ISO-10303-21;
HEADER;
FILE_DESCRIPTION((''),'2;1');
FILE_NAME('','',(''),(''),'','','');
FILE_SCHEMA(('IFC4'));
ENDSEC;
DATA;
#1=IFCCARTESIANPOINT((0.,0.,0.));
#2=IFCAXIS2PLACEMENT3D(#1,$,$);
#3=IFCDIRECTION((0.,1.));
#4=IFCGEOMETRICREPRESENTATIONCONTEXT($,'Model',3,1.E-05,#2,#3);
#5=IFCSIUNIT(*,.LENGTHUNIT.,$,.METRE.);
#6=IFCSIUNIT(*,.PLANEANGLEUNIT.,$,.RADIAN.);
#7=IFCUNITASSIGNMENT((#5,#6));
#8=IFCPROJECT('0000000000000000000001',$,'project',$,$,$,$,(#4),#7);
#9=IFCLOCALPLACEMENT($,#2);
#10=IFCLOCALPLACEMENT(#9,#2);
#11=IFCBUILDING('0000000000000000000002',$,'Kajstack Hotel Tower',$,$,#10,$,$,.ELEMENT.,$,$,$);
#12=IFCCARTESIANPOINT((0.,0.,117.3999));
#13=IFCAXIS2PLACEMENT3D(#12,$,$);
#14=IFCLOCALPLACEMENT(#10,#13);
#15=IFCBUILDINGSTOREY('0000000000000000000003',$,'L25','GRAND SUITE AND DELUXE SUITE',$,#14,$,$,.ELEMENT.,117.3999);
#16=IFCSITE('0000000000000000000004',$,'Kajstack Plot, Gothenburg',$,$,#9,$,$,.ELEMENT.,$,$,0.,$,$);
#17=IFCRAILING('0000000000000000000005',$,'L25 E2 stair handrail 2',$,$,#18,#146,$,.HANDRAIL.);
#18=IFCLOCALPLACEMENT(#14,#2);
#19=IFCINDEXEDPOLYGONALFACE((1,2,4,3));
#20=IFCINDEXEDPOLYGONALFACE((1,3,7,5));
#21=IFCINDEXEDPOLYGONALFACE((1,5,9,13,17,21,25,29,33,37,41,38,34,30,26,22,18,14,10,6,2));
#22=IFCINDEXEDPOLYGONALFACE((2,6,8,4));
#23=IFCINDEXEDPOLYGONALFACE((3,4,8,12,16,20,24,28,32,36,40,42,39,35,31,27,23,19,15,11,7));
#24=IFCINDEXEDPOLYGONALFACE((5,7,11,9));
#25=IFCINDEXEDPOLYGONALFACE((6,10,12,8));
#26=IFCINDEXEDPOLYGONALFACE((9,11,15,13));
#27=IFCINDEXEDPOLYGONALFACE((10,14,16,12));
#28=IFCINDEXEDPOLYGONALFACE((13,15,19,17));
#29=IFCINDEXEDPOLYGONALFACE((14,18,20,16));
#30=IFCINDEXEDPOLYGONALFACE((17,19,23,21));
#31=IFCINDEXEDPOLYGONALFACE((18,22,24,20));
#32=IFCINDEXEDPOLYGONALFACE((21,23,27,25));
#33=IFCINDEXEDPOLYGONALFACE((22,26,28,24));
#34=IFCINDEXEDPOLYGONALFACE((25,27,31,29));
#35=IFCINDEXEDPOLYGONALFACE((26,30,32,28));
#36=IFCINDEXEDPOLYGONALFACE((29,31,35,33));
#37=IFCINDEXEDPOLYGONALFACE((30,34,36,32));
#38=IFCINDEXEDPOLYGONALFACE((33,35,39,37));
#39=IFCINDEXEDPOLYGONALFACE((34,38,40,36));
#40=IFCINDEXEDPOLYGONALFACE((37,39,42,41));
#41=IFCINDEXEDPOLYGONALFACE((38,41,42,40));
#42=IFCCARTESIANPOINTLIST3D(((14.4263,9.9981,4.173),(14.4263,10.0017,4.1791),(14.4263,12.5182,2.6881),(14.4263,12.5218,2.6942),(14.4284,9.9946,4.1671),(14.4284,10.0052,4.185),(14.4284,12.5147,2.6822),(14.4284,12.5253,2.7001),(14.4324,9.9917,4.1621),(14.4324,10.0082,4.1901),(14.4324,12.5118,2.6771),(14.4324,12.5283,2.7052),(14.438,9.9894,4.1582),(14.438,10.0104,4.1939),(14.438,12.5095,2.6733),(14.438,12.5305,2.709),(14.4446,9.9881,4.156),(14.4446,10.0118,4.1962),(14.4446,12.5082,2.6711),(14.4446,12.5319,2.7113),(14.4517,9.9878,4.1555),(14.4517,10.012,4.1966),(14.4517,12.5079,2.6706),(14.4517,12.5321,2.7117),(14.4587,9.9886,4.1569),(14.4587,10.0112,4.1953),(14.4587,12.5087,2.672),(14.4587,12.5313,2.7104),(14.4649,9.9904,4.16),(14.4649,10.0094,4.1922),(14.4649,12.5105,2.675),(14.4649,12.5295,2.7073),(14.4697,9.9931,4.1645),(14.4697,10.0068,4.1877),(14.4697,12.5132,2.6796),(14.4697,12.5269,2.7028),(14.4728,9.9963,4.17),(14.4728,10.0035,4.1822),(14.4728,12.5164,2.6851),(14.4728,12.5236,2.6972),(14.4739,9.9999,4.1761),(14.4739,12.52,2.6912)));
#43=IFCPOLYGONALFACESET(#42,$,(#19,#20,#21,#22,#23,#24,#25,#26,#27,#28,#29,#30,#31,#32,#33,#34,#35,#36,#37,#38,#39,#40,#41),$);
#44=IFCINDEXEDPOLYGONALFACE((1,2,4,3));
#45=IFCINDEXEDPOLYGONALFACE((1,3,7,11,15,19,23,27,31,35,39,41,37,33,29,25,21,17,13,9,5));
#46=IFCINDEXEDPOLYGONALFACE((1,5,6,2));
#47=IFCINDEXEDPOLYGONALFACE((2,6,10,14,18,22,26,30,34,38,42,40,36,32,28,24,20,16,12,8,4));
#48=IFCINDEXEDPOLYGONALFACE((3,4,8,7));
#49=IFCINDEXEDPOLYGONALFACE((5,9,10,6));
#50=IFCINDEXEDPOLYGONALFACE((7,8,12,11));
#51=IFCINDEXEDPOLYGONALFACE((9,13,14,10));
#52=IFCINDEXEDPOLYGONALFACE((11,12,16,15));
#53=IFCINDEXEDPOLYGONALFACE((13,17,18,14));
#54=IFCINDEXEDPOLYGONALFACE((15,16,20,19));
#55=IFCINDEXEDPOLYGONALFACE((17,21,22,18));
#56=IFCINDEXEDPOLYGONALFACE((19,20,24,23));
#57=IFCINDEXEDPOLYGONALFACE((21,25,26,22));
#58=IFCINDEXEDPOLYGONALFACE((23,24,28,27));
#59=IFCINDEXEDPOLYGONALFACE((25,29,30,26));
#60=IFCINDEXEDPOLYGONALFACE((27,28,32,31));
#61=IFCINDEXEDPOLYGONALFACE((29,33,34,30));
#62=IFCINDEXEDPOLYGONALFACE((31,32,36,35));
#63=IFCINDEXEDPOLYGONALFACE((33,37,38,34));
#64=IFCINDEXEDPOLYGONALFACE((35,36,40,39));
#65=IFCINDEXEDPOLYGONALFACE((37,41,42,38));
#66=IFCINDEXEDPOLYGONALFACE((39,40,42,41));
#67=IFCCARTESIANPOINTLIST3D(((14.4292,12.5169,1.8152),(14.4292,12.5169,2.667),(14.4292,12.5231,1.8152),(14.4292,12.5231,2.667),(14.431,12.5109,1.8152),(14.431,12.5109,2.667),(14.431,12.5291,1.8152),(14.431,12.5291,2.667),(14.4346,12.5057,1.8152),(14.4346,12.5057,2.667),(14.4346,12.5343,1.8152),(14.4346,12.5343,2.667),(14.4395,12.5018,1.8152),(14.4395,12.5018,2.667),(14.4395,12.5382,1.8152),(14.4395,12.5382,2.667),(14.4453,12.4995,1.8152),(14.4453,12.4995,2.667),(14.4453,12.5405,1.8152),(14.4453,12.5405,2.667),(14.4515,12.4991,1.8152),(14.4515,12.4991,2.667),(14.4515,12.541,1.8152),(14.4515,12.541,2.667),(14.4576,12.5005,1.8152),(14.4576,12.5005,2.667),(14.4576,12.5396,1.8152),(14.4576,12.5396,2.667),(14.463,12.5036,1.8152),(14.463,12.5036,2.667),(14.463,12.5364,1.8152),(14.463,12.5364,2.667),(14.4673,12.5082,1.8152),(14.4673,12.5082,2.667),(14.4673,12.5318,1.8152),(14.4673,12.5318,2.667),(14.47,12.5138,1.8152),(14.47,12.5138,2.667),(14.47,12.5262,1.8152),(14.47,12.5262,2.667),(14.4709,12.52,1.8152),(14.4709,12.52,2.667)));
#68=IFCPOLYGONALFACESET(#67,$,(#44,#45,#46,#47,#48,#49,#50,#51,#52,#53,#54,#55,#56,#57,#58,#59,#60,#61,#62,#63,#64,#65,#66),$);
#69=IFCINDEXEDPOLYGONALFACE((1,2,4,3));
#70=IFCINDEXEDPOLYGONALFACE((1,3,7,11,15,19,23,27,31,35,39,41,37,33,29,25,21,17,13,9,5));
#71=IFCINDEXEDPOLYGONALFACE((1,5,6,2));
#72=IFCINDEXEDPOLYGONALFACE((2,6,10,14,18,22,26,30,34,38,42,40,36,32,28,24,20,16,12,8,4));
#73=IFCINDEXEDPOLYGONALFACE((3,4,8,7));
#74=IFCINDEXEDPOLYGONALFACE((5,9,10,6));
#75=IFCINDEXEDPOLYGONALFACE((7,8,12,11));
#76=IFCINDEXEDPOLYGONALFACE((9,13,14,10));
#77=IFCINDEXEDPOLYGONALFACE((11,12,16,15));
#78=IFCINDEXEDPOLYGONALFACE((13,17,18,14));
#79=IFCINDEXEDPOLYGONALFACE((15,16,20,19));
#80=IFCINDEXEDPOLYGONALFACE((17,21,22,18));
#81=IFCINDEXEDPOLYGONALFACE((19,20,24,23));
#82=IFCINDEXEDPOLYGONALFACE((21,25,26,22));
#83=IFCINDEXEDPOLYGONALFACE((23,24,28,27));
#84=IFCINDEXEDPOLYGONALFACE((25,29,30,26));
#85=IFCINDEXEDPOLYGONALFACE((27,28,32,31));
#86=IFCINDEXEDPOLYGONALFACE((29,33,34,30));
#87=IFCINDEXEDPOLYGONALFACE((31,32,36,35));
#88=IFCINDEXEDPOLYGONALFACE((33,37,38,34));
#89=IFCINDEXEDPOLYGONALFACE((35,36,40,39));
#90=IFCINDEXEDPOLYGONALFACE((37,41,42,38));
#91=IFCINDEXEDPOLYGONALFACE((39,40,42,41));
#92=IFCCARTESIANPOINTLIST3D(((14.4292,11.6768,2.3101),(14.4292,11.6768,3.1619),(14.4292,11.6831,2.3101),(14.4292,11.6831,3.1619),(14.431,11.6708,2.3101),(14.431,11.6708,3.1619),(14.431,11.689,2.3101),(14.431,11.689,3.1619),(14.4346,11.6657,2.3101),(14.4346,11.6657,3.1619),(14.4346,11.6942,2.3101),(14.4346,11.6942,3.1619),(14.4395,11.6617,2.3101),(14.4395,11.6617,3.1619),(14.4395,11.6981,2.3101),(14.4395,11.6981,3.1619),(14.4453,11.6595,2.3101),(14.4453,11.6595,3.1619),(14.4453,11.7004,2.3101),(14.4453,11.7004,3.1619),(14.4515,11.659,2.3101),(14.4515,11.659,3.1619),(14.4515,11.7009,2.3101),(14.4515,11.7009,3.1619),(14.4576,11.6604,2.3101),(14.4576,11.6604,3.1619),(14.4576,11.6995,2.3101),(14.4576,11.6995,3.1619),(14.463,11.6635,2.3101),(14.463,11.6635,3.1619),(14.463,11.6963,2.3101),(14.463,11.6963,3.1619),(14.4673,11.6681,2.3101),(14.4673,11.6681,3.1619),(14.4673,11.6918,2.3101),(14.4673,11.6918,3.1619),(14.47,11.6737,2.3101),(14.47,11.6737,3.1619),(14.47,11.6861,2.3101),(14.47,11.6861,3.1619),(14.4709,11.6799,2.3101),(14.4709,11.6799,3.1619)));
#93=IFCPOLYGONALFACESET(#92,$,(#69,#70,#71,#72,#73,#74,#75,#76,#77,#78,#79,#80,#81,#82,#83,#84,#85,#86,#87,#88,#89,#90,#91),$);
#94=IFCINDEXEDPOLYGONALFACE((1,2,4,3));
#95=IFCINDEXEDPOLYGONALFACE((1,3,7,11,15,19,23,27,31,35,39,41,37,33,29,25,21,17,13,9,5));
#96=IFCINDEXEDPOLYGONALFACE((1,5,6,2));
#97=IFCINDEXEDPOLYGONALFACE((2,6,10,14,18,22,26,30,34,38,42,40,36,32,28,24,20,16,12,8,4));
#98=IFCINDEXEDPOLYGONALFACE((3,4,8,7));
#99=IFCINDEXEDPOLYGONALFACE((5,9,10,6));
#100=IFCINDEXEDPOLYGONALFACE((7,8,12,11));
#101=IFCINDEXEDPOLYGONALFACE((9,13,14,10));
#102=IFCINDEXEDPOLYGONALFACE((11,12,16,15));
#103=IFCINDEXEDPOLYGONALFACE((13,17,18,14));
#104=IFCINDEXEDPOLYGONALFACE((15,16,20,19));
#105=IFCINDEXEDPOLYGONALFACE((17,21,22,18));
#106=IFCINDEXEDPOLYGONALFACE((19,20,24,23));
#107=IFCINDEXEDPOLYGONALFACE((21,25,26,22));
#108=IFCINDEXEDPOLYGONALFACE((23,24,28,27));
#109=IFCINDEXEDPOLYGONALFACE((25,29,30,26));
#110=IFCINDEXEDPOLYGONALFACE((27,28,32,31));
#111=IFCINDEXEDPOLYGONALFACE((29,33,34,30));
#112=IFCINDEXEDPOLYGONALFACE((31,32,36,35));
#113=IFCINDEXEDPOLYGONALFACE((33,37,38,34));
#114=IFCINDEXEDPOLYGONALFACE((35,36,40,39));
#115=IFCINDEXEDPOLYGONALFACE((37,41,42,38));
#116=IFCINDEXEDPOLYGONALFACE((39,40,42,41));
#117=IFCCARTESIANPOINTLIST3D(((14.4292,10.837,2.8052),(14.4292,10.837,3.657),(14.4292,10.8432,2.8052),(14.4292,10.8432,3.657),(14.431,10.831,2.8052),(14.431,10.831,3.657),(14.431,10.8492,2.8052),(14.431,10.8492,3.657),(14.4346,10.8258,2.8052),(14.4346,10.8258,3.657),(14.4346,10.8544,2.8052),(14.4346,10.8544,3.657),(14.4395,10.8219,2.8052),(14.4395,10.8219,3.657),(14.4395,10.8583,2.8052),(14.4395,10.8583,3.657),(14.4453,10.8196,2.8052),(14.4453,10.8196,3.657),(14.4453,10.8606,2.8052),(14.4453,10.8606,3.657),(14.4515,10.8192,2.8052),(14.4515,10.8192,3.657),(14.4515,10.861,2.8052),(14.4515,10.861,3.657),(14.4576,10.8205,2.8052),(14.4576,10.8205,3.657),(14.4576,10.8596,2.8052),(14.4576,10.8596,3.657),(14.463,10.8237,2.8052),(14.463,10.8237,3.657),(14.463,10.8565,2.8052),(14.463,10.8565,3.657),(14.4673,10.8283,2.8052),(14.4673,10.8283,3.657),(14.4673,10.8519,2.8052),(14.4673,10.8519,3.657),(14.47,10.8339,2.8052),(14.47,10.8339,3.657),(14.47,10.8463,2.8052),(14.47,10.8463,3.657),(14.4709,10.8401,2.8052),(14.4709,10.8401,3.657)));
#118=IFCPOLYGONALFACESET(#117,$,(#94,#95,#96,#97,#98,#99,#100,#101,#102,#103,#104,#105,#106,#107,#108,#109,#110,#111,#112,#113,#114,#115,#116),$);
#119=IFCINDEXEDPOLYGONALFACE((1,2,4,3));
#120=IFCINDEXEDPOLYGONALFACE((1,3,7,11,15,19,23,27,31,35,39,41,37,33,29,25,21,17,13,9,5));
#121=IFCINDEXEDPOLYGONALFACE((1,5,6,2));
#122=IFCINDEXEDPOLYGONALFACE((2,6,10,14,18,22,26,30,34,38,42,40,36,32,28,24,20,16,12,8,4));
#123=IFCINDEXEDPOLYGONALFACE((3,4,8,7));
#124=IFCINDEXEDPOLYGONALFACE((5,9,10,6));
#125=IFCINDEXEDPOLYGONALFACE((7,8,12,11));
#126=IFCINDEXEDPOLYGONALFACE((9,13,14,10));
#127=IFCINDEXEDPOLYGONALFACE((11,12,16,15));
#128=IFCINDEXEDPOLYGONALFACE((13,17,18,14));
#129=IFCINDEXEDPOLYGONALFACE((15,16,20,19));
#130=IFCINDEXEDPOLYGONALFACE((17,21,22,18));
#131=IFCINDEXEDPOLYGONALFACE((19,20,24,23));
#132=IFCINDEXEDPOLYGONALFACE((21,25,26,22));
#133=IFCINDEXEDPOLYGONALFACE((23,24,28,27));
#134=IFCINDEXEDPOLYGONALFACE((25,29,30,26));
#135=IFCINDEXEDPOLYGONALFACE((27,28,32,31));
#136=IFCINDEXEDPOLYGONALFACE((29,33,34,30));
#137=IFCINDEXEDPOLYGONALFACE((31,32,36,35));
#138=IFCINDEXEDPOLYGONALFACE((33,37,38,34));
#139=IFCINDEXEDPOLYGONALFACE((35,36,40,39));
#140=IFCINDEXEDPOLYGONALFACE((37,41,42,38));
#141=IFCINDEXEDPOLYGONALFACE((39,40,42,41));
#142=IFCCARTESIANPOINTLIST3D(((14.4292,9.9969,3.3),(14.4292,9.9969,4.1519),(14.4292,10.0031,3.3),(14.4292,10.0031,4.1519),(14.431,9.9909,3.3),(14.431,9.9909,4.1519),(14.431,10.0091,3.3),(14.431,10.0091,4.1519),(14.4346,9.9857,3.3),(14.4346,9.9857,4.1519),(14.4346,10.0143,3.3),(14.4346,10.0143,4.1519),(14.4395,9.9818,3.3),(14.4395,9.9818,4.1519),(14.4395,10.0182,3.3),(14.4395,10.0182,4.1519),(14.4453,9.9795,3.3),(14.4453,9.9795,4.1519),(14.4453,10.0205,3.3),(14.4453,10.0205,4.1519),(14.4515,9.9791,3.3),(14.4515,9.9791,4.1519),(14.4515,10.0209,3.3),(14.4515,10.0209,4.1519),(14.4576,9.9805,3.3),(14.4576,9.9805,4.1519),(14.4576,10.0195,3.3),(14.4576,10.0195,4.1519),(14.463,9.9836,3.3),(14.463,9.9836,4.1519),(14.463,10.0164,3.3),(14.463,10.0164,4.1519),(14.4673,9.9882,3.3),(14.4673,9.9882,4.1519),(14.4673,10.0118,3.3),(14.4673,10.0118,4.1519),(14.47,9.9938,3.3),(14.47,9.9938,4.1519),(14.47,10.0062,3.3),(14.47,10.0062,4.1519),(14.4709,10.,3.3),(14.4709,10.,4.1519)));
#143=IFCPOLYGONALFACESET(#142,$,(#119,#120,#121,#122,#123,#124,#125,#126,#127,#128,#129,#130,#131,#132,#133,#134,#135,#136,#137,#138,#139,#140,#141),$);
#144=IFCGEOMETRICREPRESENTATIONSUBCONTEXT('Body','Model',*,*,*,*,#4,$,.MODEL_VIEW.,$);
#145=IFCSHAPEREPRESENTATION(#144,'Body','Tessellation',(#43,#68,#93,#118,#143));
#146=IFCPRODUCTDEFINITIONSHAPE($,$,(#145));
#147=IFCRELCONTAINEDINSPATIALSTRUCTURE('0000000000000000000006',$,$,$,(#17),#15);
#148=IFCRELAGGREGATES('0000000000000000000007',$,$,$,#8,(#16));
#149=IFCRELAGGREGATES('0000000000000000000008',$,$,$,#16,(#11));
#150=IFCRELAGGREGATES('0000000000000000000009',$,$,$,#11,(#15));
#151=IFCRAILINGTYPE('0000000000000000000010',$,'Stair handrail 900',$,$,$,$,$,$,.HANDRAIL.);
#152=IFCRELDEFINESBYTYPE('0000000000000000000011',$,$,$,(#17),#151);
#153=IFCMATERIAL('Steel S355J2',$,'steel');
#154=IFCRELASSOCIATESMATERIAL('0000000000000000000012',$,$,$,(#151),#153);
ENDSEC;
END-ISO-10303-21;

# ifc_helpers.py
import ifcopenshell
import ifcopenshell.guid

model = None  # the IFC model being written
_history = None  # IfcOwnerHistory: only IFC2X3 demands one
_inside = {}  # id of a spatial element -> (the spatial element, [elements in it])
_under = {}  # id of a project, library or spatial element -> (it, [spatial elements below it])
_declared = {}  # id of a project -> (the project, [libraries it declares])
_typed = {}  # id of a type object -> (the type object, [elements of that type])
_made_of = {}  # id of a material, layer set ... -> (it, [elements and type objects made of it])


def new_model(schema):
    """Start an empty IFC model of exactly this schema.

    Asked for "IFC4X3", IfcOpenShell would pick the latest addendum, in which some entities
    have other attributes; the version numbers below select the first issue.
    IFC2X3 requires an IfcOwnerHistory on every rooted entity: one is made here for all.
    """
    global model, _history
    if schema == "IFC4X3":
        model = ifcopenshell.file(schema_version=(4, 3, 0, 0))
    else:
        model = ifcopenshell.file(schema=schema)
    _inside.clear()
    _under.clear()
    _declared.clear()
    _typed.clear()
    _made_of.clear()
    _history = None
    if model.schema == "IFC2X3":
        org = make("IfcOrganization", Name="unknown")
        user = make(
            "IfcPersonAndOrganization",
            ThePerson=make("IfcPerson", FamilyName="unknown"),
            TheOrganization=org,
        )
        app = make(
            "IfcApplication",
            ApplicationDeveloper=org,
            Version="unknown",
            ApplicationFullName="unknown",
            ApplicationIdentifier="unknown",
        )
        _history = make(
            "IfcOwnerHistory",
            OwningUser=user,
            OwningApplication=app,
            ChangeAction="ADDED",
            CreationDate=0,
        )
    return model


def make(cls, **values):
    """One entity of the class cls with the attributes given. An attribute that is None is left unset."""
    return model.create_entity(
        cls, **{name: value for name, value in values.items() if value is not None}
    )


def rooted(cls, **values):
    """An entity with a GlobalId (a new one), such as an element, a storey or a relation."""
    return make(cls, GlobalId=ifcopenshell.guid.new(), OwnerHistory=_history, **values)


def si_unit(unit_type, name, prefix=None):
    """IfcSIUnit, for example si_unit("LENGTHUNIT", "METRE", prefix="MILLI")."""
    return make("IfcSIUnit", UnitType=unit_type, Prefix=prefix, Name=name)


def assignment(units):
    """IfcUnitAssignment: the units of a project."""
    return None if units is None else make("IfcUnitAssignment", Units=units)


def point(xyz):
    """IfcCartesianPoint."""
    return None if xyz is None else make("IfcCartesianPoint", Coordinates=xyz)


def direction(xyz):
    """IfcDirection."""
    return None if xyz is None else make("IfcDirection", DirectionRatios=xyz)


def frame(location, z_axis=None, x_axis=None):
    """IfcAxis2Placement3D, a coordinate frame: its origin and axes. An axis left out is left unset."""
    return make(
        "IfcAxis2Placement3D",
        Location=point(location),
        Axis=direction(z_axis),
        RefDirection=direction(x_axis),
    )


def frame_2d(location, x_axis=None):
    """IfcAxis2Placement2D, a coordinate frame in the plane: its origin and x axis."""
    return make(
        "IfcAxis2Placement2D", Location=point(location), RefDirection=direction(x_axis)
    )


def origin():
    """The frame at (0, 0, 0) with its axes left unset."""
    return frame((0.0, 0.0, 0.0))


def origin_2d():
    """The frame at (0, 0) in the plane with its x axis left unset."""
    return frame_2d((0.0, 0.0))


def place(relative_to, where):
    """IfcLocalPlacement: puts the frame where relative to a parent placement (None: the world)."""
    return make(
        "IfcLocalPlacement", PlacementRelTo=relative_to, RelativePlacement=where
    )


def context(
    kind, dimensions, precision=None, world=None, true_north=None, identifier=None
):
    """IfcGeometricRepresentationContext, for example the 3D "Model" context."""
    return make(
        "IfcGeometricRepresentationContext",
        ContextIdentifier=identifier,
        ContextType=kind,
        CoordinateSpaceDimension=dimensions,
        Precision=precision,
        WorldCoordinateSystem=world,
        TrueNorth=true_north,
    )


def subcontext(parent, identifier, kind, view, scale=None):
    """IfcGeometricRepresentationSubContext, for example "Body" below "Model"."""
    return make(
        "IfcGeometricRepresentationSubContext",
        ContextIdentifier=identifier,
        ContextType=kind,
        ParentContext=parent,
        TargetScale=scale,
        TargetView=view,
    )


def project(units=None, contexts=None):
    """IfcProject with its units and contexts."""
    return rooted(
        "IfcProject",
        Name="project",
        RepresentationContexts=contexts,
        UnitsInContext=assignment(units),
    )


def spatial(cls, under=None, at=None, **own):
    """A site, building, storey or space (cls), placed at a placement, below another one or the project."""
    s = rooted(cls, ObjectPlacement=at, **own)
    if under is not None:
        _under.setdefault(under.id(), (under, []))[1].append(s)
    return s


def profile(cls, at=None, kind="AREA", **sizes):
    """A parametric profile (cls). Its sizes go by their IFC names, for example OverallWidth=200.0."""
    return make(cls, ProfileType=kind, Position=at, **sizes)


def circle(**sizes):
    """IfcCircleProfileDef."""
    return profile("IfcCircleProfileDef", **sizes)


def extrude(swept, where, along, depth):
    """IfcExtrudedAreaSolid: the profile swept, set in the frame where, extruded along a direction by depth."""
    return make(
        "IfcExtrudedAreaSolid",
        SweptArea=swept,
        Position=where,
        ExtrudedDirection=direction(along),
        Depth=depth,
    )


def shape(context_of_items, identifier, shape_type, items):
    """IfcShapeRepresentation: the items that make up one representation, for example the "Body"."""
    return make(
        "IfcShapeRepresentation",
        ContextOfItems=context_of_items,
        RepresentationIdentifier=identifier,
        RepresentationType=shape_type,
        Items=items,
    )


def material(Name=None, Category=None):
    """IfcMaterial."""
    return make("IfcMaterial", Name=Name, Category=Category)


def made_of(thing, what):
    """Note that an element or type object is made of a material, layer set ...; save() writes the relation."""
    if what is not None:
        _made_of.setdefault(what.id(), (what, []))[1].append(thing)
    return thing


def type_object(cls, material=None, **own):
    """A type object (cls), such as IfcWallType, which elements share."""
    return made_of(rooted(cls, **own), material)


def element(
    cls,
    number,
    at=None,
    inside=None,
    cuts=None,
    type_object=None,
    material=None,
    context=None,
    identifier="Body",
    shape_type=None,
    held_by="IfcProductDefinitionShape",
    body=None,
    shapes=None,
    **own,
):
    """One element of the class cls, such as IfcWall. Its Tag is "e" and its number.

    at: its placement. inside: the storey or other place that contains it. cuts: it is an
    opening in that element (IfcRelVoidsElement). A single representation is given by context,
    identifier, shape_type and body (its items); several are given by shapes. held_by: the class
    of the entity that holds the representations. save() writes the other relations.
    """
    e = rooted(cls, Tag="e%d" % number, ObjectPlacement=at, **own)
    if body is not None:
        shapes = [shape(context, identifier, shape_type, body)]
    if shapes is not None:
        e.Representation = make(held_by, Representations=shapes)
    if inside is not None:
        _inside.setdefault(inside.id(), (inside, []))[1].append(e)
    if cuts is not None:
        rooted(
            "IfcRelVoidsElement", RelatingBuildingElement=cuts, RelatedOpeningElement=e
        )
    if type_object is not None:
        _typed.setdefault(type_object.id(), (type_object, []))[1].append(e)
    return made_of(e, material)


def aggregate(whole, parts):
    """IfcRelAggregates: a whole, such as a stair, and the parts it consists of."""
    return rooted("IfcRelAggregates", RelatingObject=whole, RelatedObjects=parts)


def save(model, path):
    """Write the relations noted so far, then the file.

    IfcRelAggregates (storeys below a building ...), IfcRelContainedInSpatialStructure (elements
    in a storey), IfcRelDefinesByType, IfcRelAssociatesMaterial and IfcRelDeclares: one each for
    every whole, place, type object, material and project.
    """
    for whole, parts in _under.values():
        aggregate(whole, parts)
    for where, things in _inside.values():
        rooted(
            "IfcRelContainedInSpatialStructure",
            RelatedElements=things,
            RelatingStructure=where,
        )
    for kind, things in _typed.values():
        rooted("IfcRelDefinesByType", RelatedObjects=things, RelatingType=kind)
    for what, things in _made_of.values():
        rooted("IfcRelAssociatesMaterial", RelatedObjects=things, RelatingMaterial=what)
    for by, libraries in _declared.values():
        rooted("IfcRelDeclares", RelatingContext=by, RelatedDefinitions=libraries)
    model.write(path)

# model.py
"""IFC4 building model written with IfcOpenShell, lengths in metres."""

from ifc_helpers import new_model, si_unit, direction, frame, origin, origin_2d, place, context, subcontext, project, spatial, circle, extrude, material, type_object, element, save


model = new_model("IFC4")

# Units and contexts
model_context = context("Model", 3, precision=1e-05, world=origin(), true_north=direction((0.0, 1.0)))
body_context = subcontext(model_context, "Body", "Model", "MODEL_VIEW")
ifc_project = project(units=[si_unit("LENGTHUNIT", "METRE"), si_unit("PLANEANGLEUNIT", "RADIAN")], contexts=[model_context])

# Site, building, storey
site_placement = place(None, origin())
site = spatial("IfcSite", under=ifc_project, at=site_placement, Name="Kajstack Plot, Gothenburg", CompositionType="ELEMENT", RefElevation=0.0)
building_placement = place(site_placement, origin())
building = spatial("IfcBuilding", under=site, at=building_placement, Name="Kajstack Hotel Tower", CompositionType="ELEMENT")
storey_placement = place(building_placement, frame((0.0, 0.0, 117.3999)))
storey = spatial("IfcBuildingStorey", under=building, at=storey_placement, Name="L25", Description="GRAND SUITE AND DELUXE SUITE", CompositionType="ELEMENT", Elevation=117.3999)

# Railing
ifc_material_1 = material(Name="Steel S355J2", Category="steel")
railing_type = type_object("IfcRailingType", Name="Stair handrail 900", PredefinedType="HANDRAIL", material=ifc_material_1)
railing_placement = place(storey_placement, frame((14.45, 12.52, 1.8152)))
element("IfcRailing", 1, at=railing_placement, inside=storey, type_object=railing_type, Name="L25 E2 stair handrail 2", PredefinedType="HANDRAIL", context=body_context, shape_type="SweptSolid", body=[
    extrude(circle(Radius=0.0239, at=origin_2d()), frame((0.0, 0.0, 0.876), z_axis=(0.0, -0.861561, 0.507655), x_axis=(1.0, 0.0, 0.0)), (0.0, 0.0, 1.0), 2.925),
    extrude(circle(Radius=0.021, at=origin_2d()), origin(), (0.0, 0.0, 1.0), 0.8518),
    extrude(circle(Radius=0.021, at=origin_2d()), frame((0.0, -0.8401, 0.4949)), (0.0, 0.0, 1.0), 0.8518),
    extrude(circle(Radius=0.021, at=origin_2d()), frame((0.0, -1.6799, 0.99)), (0.0, 0.0, 1.0), 0.8518),
    extrude(circle(Radius=0.021, at=origin_2d()), frame((0.0, -2.52, 1.4849)), (0.0, 0.0, 1.0), 0.8518),
])

save(model, "model.ifc")
